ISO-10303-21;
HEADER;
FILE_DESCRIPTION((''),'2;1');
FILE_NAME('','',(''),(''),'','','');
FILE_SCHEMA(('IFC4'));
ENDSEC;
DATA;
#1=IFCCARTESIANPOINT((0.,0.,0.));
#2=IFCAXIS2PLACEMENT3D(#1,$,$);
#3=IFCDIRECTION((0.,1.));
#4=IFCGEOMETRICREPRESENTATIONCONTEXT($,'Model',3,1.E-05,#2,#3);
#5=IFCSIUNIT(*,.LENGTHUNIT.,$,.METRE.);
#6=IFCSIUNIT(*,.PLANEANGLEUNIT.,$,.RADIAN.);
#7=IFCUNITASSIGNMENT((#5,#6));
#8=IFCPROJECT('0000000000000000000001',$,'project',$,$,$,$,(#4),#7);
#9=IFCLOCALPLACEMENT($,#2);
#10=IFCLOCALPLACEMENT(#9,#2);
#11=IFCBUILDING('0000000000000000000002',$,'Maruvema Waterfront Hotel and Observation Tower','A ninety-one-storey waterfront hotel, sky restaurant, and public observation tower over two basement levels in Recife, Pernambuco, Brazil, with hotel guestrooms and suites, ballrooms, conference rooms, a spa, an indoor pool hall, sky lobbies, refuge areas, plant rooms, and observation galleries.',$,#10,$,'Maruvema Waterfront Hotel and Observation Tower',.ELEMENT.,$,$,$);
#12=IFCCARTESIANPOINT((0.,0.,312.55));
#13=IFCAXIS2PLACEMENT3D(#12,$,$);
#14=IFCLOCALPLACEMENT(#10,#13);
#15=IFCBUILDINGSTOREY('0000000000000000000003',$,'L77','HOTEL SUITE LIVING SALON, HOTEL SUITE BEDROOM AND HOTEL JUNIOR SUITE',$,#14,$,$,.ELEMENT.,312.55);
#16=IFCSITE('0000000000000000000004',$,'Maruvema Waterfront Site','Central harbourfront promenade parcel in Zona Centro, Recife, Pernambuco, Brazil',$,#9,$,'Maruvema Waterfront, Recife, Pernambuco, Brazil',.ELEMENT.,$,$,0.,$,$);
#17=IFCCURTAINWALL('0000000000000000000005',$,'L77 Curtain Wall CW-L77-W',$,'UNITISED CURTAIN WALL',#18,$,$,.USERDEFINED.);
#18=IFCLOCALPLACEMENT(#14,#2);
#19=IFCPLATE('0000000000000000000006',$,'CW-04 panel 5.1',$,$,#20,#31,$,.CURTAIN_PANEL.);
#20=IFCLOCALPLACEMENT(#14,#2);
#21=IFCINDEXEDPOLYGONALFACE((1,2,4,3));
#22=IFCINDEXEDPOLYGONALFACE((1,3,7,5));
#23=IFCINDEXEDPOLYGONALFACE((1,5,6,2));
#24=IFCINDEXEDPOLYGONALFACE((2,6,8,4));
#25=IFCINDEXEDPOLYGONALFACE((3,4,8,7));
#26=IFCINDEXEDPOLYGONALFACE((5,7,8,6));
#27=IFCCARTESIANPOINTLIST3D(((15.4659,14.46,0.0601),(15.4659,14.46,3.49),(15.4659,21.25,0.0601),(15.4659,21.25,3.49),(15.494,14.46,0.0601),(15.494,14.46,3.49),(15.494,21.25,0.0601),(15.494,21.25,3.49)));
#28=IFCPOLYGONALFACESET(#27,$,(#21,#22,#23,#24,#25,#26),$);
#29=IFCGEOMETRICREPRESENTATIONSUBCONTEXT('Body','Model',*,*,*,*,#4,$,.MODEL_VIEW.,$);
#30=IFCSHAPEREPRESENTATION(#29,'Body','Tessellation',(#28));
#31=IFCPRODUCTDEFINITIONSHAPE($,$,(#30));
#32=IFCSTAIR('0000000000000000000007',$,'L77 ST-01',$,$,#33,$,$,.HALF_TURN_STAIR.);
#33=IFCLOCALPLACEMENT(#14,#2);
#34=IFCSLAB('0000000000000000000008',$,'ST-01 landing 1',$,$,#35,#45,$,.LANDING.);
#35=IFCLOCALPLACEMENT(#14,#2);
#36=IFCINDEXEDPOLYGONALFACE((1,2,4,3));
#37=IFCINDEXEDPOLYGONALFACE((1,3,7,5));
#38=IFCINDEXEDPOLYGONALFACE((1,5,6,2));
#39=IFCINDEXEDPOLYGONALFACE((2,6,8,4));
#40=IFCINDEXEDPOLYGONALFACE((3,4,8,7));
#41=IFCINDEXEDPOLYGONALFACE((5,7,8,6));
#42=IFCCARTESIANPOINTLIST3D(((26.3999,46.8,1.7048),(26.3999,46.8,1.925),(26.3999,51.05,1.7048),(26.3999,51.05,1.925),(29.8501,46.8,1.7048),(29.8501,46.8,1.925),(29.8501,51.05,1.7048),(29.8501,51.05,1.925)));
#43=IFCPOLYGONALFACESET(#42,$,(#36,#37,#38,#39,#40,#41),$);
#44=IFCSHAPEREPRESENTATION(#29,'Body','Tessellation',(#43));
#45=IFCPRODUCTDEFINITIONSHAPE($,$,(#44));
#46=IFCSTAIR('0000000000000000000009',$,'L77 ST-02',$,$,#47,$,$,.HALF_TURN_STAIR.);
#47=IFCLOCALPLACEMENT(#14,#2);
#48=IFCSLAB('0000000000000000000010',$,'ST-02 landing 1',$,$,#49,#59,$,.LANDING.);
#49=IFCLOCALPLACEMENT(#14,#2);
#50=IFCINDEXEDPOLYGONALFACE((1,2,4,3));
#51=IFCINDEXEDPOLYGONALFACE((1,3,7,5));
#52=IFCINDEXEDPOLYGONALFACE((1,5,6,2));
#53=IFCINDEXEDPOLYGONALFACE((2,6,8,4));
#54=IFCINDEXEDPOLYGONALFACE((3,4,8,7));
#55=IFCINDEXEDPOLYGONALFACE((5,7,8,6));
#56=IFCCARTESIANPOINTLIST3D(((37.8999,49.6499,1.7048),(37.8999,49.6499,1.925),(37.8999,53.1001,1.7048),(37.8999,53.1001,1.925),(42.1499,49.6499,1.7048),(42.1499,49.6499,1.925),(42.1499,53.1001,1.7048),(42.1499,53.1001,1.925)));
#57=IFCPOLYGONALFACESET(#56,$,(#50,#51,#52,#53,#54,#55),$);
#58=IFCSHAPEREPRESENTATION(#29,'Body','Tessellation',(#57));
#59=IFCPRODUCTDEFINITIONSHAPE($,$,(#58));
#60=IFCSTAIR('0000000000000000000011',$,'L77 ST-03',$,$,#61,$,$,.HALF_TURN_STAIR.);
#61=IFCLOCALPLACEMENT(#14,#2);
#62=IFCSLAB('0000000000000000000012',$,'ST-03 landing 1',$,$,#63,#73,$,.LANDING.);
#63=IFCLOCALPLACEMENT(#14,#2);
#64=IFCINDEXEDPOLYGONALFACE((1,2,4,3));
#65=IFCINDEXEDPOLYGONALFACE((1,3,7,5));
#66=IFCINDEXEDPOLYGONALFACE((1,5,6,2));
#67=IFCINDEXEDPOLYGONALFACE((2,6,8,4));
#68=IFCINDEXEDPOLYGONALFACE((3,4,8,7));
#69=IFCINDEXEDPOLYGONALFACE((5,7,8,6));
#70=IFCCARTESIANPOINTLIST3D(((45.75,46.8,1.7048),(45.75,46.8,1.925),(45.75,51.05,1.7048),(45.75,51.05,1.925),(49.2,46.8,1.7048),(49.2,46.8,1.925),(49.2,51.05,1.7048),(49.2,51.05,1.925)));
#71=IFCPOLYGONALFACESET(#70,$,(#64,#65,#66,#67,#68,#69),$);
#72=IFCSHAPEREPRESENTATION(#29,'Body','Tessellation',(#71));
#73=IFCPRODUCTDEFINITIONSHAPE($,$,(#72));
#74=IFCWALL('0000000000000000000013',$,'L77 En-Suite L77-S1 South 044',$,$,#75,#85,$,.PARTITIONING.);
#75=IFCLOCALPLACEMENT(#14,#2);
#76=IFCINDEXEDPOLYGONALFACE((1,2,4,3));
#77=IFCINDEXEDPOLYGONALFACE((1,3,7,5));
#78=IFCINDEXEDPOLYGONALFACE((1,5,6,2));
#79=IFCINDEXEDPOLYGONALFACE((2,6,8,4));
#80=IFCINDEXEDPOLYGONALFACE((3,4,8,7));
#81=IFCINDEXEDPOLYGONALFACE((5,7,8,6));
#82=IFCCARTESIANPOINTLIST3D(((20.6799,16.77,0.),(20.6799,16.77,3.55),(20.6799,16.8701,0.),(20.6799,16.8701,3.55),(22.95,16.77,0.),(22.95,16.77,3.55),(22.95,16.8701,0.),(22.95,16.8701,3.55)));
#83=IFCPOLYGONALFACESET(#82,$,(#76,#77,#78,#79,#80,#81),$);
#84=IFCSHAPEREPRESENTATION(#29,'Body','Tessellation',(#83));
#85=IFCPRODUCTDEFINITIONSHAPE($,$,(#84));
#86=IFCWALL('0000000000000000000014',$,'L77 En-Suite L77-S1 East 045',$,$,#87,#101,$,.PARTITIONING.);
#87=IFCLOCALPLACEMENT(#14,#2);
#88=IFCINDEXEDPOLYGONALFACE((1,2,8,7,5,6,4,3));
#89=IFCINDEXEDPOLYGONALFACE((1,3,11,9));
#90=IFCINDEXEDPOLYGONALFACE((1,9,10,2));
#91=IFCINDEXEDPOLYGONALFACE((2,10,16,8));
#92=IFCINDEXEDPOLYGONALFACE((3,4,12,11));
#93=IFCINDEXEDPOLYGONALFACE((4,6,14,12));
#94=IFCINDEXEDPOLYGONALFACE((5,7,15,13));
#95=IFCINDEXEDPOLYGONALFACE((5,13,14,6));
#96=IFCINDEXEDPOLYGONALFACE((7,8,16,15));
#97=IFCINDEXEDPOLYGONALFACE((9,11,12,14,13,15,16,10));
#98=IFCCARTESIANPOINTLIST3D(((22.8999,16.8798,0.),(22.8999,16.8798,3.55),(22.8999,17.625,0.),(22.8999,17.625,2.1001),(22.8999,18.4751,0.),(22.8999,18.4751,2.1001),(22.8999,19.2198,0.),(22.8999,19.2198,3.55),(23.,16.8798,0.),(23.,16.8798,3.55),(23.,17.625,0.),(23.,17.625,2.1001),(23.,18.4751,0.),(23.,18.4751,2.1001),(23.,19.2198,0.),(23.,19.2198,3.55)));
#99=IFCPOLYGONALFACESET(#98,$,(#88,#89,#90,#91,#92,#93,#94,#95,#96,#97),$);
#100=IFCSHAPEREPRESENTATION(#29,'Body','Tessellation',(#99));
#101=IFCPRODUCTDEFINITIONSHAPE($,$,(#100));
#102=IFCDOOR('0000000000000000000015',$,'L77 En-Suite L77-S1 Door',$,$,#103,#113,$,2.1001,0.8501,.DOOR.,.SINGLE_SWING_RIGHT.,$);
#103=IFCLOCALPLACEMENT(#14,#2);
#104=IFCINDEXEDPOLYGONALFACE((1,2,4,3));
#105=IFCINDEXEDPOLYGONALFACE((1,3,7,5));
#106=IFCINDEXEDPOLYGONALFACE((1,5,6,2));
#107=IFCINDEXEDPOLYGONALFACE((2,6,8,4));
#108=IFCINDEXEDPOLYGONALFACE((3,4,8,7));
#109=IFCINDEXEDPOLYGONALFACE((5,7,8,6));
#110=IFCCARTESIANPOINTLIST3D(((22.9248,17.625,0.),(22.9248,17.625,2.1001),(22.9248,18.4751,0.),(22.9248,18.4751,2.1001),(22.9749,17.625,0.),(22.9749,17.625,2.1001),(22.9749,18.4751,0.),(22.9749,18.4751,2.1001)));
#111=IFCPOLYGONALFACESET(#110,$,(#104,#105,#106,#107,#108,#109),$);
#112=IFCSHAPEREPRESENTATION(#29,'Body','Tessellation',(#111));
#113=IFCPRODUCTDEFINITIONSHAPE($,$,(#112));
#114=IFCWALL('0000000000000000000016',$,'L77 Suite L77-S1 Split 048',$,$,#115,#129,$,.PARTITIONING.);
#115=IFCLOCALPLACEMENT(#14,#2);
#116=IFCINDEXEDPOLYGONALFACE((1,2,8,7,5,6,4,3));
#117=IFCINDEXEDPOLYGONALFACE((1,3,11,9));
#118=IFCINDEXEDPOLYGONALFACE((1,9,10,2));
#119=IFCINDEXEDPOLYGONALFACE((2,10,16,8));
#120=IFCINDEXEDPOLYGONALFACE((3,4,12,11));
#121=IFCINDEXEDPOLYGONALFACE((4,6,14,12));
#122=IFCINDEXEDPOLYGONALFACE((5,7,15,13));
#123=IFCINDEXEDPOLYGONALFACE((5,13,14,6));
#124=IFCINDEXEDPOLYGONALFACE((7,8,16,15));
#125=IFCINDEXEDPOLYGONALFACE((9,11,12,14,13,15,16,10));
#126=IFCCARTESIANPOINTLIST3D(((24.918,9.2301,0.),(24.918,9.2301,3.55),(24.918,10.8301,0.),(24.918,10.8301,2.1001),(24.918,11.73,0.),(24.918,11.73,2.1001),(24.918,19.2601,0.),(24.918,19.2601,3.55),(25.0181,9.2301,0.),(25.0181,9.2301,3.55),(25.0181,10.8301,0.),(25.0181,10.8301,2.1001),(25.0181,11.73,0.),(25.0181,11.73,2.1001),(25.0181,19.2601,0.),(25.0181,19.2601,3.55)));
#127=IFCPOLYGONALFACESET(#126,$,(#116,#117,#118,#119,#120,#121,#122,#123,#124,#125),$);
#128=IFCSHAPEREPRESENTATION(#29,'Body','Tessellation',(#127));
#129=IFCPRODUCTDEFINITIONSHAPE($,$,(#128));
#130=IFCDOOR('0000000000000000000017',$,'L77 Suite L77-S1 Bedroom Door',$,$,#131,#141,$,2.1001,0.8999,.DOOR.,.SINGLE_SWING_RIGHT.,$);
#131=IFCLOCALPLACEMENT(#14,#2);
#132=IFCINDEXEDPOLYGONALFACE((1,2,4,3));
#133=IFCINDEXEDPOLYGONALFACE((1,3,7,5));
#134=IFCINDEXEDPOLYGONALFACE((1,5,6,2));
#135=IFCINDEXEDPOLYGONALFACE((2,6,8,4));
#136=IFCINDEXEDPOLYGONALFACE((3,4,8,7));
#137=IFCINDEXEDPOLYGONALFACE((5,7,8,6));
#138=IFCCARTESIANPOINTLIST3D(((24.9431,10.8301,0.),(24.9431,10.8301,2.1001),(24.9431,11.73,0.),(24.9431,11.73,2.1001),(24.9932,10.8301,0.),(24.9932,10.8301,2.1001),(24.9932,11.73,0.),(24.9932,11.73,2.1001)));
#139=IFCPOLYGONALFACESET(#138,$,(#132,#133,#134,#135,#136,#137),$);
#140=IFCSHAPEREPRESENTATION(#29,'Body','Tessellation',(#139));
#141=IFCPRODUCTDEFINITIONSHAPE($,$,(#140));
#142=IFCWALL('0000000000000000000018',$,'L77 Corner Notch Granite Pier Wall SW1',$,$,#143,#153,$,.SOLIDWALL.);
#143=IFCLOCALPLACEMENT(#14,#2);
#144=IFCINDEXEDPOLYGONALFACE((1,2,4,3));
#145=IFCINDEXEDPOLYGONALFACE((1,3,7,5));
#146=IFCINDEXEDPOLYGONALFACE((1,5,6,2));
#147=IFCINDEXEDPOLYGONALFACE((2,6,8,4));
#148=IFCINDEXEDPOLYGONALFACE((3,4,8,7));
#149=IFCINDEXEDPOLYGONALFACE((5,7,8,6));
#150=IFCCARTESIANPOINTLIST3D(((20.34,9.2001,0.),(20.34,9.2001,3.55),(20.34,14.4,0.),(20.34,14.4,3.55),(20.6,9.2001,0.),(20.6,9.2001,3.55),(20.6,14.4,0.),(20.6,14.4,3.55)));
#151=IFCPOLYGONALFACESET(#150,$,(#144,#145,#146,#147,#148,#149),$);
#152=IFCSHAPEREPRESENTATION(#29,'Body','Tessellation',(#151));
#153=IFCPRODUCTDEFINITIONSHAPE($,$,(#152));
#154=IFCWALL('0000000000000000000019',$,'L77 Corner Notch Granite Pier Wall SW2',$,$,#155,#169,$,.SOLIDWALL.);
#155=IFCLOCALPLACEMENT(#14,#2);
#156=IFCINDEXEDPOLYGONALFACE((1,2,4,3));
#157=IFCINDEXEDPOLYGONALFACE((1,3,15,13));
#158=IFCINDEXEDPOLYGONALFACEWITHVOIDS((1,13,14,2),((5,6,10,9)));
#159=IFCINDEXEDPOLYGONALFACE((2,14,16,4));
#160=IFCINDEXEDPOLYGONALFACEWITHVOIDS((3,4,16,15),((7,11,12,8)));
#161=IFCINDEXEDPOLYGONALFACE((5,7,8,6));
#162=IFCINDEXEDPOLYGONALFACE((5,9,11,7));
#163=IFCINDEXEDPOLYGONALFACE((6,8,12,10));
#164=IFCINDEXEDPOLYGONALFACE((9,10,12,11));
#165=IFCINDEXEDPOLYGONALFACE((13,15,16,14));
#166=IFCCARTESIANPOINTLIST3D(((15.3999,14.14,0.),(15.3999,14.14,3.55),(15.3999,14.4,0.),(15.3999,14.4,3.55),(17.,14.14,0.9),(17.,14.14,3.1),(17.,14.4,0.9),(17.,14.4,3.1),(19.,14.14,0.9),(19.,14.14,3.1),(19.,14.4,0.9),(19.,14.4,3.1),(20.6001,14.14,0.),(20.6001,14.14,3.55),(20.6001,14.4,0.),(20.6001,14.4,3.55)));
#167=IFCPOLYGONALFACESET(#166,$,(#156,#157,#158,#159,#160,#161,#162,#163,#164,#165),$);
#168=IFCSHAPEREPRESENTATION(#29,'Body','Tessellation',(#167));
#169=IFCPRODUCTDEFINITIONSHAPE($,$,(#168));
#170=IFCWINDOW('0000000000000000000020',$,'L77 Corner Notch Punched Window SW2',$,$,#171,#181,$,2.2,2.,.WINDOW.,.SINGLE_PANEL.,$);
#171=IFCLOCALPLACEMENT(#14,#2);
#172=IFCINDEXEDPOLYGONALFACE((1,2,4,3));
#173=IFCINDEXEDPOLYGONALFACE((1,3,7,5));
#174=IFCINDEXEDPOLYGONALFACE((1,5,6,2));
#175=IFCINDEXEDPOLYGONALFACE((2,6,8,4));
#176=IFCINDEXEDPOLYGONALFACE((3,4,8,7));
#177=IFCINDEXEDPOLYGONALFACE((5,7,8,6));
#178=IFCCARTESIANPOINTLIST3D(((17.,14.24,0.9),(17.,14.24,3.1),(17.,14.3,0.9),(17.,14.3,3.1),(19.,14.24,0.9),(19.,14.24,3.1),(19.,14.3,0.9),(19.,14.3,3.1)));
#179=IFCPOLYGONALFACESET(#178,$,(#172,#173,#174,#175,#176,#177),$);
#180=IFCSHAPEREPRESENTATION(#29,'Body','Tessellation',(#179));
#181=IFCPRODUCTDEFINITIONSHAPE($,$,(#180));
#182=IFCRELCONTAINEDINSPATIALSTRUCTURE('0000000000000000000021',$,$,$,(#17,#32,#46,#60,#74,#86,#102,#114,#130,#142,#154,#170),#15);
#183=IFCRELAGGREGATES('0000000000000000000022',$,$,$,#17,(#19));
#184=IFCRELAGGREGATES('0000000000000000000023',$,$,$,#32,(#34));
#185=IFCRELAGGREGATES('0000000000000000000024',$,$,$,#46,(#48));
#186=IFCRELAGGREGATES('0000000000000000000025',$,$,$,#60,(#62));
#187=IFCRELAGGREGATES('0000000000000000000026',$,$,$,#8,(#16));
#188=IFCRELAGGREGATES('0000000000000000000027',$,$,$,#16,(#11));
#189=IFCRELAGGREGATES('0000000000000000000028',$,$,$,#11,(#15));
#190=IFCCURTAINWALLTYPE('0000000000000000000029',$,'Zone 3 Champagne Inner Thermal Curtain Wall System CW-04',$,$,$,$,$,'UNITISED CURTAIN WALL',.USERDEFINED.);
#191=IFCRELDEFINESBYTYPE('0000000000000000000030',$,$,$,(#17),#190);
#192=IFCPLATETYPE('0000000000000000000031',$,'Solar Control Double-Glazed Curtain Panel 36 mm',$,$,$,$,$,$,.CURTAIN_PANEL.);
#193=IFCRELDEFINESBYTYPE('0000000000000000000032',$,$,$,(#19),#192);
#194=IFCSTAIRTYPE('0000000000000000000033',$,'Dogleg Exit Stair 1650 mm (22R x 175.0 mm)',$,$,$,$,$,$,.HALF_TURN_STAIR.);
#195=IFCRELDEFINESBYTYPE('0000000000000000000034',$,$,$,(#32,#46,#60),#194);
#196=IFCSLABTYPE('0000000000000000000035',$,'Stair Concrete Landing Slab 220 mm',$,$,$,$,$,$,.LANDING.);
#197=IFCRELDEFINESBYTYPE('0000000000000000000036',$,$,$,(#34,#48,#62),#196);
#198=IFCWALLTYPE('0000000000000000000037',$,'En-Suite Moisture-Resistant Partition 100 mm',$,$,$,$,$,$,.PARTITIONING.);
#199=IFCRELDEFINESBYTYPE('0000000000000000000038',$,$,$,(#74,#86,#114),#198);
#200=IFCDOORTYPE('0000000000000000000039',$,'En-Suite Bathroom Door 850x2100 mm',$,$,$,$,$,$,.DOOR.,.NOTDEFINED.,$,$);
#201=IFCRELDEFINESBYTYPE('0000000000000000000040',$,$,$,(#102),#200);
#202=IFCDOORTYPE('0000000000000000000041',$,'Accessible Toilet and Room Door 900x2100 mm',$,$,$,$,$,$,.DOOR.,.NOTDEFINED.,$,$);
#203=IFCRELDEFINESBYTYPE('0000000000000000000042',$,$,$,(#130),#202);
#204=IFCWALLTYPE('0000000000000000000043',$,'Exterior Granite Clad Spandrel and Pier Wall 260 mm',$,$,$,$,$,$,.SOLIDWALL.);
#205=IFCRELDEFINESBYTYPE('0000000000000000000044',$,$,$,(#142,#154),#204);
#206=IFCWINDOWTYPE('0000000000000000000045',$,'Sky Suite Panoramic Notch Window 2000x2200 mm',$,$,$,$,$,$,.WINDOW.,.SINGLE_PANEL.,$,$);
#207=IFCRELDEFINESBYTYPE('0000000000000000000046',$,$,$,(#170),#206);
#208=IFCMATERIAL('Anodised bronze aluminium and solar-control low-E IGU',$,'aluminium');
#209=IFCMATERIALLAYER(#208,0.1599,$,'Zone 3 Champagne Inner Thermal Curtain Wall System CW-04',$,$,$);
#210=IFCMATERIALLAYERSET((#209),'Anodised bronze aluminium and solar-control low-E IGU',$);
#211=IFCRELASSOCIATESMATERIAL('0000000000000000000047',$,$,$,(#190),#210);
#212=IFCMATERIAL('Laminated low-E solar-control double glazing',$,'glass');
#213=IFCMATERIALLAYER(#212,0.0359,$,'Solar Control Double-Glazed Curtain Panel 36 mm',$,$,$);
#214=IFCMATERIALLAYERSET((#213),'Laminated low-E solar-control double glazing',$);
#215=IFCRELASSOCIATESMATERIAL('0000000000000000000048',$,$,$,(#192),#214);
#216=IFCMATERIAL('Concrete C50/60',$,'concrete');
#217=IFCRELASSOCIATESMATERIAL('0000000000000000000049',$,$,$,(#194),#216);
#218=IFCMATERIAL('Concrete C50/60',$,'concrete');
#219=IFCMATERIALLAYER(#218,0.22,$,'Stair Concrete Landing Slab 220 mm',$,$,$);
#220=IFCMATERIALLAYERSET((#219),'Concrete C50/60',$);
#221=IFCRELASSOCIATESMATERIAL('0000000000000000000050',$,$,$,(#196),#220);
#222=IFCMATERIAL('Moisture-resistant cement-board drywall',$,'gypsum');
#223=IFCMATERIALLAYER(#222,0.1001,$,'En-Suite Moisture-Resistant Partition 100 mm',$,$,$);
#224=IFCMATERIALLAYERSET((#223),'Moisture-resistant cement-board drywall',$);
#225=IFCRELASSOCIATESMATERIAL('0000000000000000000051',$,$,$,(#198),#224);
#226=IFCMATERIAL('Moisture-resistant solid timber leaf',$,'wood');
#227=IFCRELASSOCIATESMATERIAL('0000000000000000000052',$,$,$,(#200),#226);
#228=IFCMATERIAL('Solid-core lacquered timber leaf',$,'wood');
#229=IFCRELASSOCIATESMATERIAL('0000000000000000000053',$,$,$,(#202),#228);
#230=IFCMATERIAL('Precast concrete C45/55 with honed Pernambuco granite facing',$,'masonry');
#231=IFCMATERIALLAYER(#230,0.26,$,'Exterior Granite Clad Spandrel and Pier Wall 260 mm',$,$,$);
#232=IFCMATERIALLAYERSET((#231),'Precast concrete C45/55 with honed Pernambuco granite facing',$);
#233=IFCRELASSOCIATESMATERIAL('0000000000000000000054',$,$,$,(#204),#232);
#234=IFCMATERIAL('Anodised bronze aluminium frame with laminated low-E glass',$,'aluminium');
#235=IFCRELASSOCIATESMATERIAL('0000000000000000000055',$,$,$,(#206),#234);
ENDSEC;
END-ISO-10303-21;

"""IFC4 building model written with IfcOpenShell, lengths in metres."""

from ifc_helpers import new_model, si_unit, direction, frame, frame_2d, origin, origin_2d, place, context, subcontext, project, spatial, polyline, rectangle, outline, extrude, material, layer, layer_set, type_object, element, fill, aggregate, save


model = new_model("IFC4")

# Units and contexts
model_context = context("Model", 3, precision=1e-05, world=origin(), true_north=direction((0.0, 1.0)))
body_context = subcontext(model_context, "Body", "Model", "MODEL_VIEW")
ifc_project = project(units=[si_unit("LENGTHUNIT", "METRE"), si_unit("PLANEANGLEUNIT", "RADIAN")], contexts=[model_context])

# Site, building, storey
site_placement = place(None, origin())
site = spatial("IfcSite", under=ifc_project, at=site_placement, Name="Maruvema Waterfront Site", Description="Central harbourfront promenade parcel in Zona Centro, Recife, Pernambuco, Brazil", LongName="Maruvema Waterfront, Recife, Pernambuco, Brazil", CompositionType="ELEMENT", RefElevation=0.0)
building_placement = place(site_placement, origin())
building = spatial("IfcBuilding", under=site, at=building_placement, Name="Maruvema Waterfront Hotel and Observation Tower", Description="A ninety-one-storey waterfront hotel, sky restaurant, and public observation tower over two basement levels in Recife, Pernambuco, Brazil, with hotel guestrooms and suites, ballrooms, conference rooms, a spa, an indoor pool hall, sky lobbies, refuge areas, plant rooms, and observation galleries.", LongName="Maruvema Waterfront Hotel and Observation Tower", CompositionType="ELEMENT")
storey_placement = place(building_placement, frame((0.0, 0.0, 312.55)))
storey = spatial("IfcBuildingStorey", under=building, at=storey_placement, Name="L77", Description="HOTEL SUITE LIVING SALON, HOTEL SUITE BEDROOM AND HOTEL JUNIOR SUITE", CompositionType="ELEMENT", Elevation=312.55)

# Shared definitions
ifc_material_1 = material(Name="Anodised bronze aluminium and solar-control low-E IGU", Category="aluminium")
ifc_layer_1 = layer(ifc_material_1, 0.1599, Name="Zone 3 Champagne Inner Thermal Curtain Wall System CW-04")
ifc_layer_set_1 = layer_set([ifc_layer_1], Name="Anodised bronze aluminium and solar-control low-E IGU")
curtain_wall_type = type_object("IfcCurtainWallType", Name="Zone 3 Champagne Inner Thermal Curtain Wall System CW-04", ElementType="UNITISED CURTAIN WALL", PredefinedType="USERDEFINED", material=ifc_layer_set_1)

# Curtain wall
curtain_wall_1_placement = place(storey_placement, origin())
curtain_wall_1 = element("IfcCurtainWall", 1, at=curtain_wall_1_placement, inside=storey, type_object=curtain_wall_type, Name="L77 Curtain Wall CW-L77-W", ObjectType="UNITISED CURTAIN WALL", PredefinedType="USERDEFINED")

# Plate
ifc_material_2 = material(Name="Laminated low-E solar-control double glazing", Category="glass")
ifc_layer_2 = layer(ifc_material_2, 0.0359, Name="Solar Control Double-Glazed Curtain Panel 36 mm")
ifc_layer_set_2 = layer_set([ifc_layer_2], Name="Laminated low-E solar-control double glazing")
plate_type = type_object("IfcPlateType", Name="Solar Control Double-Glazed Curtain Panel 36 mm", PredefinedType="CURTAIN_PANEL", material=ifc_layer_set_2)
plate_1_placement = place(storey_placement, frame((15.48, 17.855, 0.0601), z_axis=(0.0, 0.0, 1.0), x_axis=(0.0, -1.0, 0.0)))
plate_1 = element("IfcPlate", 2, at=plate_1_placement, type_object=plate_type, Name="CW-04 panel 5.1", PredefinedType="CURTAIN_PANEL", context=body_context, shape_type="SweptSolid", body=[
    extrude(rectangle(XDim=6.79, YDim=0.0281, at=origin_2d()), origin(), (0.0, 0.0, 1.0), 3.4299),
])
aggregate(curtain_wall_1, [plate_1])

# Stairs, slabs
ifc_material_3 = material(Name="Concrete C50/60", Category="concrete")
stair_type = type_object("IfcStairType", Name="Dogleg Exit Stair 1650 mm (22R x 175.0 mm)", PredefinedType="HALF_TURN_STAIR", material=ifc_material_3)
stair_1_placement = place(storey_placement, origin())
stair_1 = element("IfcStair", 3, at=stair_1_placement, inside=storey, type_object=stair_type, Name="L77 ST-01", PredefinedType="HALF_TURN_STAIR")
ifc_material_4 = material(Name="Concrete C50/60", Category="concrete")
ifc_layer_3 = layer(ifc_material_4, 0.22, Name="Stair Concrete Landing Slab 220 mm")
ifc_layer_set_3 = layer_set([ifc_layer_3], Name="Concrete C50/60")
slab_type_1 = type_object("IfcSlabType", Name="Stair Concrete Landing Slab 220 mm", PredefinedType="LANDING", material=ifc_layer_set_3)
slab_1_placement = place(storey_placement, frame((0.0, 0.0, 1.7048)))
slab_1 = element("IfcSlab", 4, at=slab_1_placement, type_object=slab_type_1, Name="ST-01 landing 1", PredefinedType="LANDING", context=body_context, shape_type="SweptSolid", body=[
    extrude(outline(polyline([(29.8501, 46.8), (29.8501, 51.05), (26.3999, 51.05), (26.3999, 46.8), (29.8501, 46.8)])), origin(), (0.0, 0.0, 1.0), 0.2202),
])
aggregate(stair_1, [slab_1])
stair_2_placement = place(storey_placement, origin())
stair_2 = element("IfcStair", 5, at=stair_2_placement, inside=storey, type_object=stair_type, Name="L77 ST-02", PredefinedType="HALF_TURN_STAIR")
slab_2_placement = place(storey_placement, frame((0.0, 0.0, 1.7048)))
slab_2 = element("IfcSlab", 6, at=slab_2_placement, type_object=slab_type_1, Name="ST-02 landing 1", PredefinedType="LANDING", context=body_context, shape_type="SweptSolid", body=[
    extrude(outline(polyline([(37.8999, 49.6499), (42.1499, 49.6499), (42.1499, 53.1001), (37.8999, 53.1001), (37.8999, 49.6499)])), origin(), (0.0, 0.0, 1.0), 0.2202),
])
aggregate(stair_2, [slab_2])
stair_3_placement = place(storey_placement, origin())
stair_3 = element("IfcStair", 7, at=stair_3_placement, inside=storey, type_object=stair_type, Name="L77 ST-03", PredefinedType="HALF_TURN_STAIR")
slab_3_placement = place(storey_placement, frame((0.0, 0.0, 1.7048)))
slab_3 = element("IfcSlab", 8, at=slab_3_placement, type_object=slab_type_1, Name="ST-03 landing 1", PredefinedType="LANDING", context=body_context, shape_type="SweptSolid", body=[
    extrude(outline(polyline([(49.2, 46.8), (49.2, 51.05), (45.75, 51.05), (45.75, 46.8), (49.2, 46.8)])), origin(), (0.0, 0.0, 1.0), 0.2202),
])
aggregate(stair_3, [slab_3])

# Wall
ifc_material_5 = material(Name="Moisture-resistant cement-board drywall", Category="gypsum")
ifc_layer_4 = layer(ifc_material_5, 0.1001, Name="En-Suite Moisture-Resistant Partition 100 mm")
ifc_layer_set_4 = layer_set([ifc_layer_4], Name="Moisture-resistant cement-board drywall")
wall_type_1 = type_object("IfcWallType", Name="En-Suite Moisture-Resistant Partition 100 mm", PredefinedType="PARTITIONING", material=ifc_layer_set_4)
wall_1_placement = place(storey_placement, frame((20.6799, 16.8201, 0.0), z_axis=(0.0, 0.0, 1.0), x_axis=(1.0, 0.0, 0.0)))
element("IfcWall", 9, at=wall_1_placement, inside=storey, type_object=wall_type_1, Name="L77 En-Suite L77-S1 South 044", PredefinedType="PARTITIONING", context=body_context, shape_type="SweptSolid", body=[
    extrude(rectangle(XDim=2.27, YDim=0.1001, at=frame_2d((1.135, 0.0))), origin(), (0.0, 0.0, 1.0), 3.55),
])

# Walls, openings, doors
wall_2_placement = place(storey_placement, frame((22.95, 16.8799, 0.0), z_axis=(0.0, 0.0, 1.0), x_axis=(0.0, 1.0, 0.0)))
wall_2 = element("IfcWall", 10, at=wall_2_placement, inside=storey, type_object=wall_type_1, Name="L77 En-Suite L77-S1 East 045", PredefinedType="PARTITIONING", context=body_context, shape_type="SweptSolid", body=[
    extrude(rectangle(XDim=2.3401, YDim=0.1001, at=frame_2d((1.1699, 0.0))), origin(), (0.0, 0.0, 1.0), 3.55),
])
opening_1_placement = place(wall_2_placement, frame((0.7451, 0.0, 0.0)))
opening_1 = element("IfcOpeningElement", 11, at=opening_1_placement, cuts=wall_2, PredefinedType="OPENING", context=body_context, shape_type="SweptSolid", body=[
    extrude(rectangle(XDim=0.8501, YDim=2.1001, at=frame_2d((0.425, 1.05))), frame((0.0, 0.0601, 0.0), z_axis=(0.0, -1.0, 0.0), x_axis=(1.0, 0.0, 0.0)), (0.0, 0.0, 1.0), 0.1201),
])
ifc_material_6 = material(Name="Moisture-resistant solid timber leaf", Category="wood")
door_type_1 = type_object("IfcDoorType", Name="En-Suite Bathroom Door 850x2100 mm", OperationType="NOTDEFINED", PredefinedType="DOOR", material=ifc_material_6)
door_1_placement = place(opening_1_placement, frame((0.8501, 0.0, 0.0), z_axis=(0.0, 0.0, 1.0), x_axis=(-1.0, 0.0, 0.0)))
door_1 = element("IfcDoor", 12, at=door_1_placement, inside=storey, type_object=door_type_1, Name="L77 En-Suite L77-S1 Door", OperationType="SINGLE_SWING_RIGHT", OverallHeight=2.1001, OverallWidth=0.8501, PredefinedType="DOOR", context=body_context, shape_type="SweptSolid", body=[
    extrude(rectangle(XDim=0.8501, YDim=2.1001, at=frame_2d((0.425, 1.05))), frame((0.0, 0.0249, 0.0), z_axis=(0.0, -1.0, 0.0), x_axis=(1.0, 0.0, 0.0)), (0.0, 0.0, 1.0), 0.05),
])
fill(opening_1, door_1)
wall_3_placement = place(storey_placement, frame((24.968, 9.23, 0.0), z_axis=(0.0, 0.0, 1.0), x_axis=(0.0, 1.0, 0.0)))
wall_3 = element("IfcWall", 13, at=wall_3_placement, inside=storey, type_object=wall_type_1, Name="L77 Suite L77-S1 Split 048", PredefinedType="PARTITIONING", context=body_context, shape_type="SweptSolid", body=[
    extrude(rectangle(XDim=10.03, YDim=0.1001, at=frame_2d((5.0151, 0.0))), origin(), (0.0, 0.0, 1.0), 3.55),
])
opening_2_placement = place(wall_3_placement, frame((1.6001, 0.0, 0.0)))
opening_2 = element("IfcOpeningElement", 14, at=opening_2_placement, cuts=wall_3, PredefinedType="OPENING", context=body_context, shape_type="SweptSolid", body=[
    extrude(rectangle(XDim=0.8999, YDim=2.1001, at=frame_2d((0.45, 1.05))), frame((0.0, 0.0601, 0.0), z_axis=(0.0, -1.0, 0.0), x_axis=(1.0, 0.0, 0.0)), (0.0, 0.0, 1.0), 0.1201),
])
ifc_material_7 = material(Name="Solid-core lacquered timber leaf", Category="wood")
door_type_2 = type_object("IfcDoorType", Name="Accessible Toilet and Room Door 900x2100 mm", OperationType="NOTDEFINED", PredefinedType="DOOR", material=ifc_material_7)
door_2_placement = place(opening_2_placement, origin())
door_2 = element("IfcDoor", 15, at=door_2_placement, inside=storey, type_object=door_type_2, Name="L77 Suite L77-S1 Bedroom Door", OperationType="SINGLE_SWING_RIGHT", OverallHeight=2.1001, OverallWidth=0.8999, PredefinedType="DOOR", context=body_context, shape_type="SweptSolid", body=[
    extrude(rectangle(XDim=0.8999, YDim=2.1001, at=frame_2d((0.45, 1.05))), frame((0.0, 0.0249, 0.0), z_axis=(0.0, -1.0, 0.0), x_axis=(1.0, 0.0, 0.0)), (0.0, 0.0, 1.0), 0.05),
])
fill(opening_2, door_2)

# Wall
ifc_material_8 = material(Name="Precast concrete C45/55 with honed Pernambuco granite facing", Category="masonry")
ifc_layer_5 = layer(ifc_material_8, 0.26, Name="Exterior Granite Clad Spandrel and Pier Wall 260 mm")
ifc_layer_set_5 = layer_set([ifc_layer_5], Name="Precast concrete C45/55 with honed Pernambuco granite facing")
wall_type_2 = type_object("IfcWallType", Name="Exterior Granite Clad Spandrel and Pier Wall 260 mm", PredefinedType="SOLIDWALL", material=ifc_layer_set_5)
wall_4_placement = place(storey_placement, frame((20.47, 9.2, 0.0), z_axis=(0.0, 0.0, 1.0), x_axis=(0.0, 1.0, 0.0)))
element("IfcWall", 16, at=wall_4_placement, inside=storey, type_object=wall_type_2, Name="L77 Corner Notch Granite Pier Wall SW1", PredefinedType="SOLIDWALL", context=body_context, shape_type="SweptSolid", body=[
    extrude(rectangle(XDim=5.2, YDim=0.26, at=frame_2d((2.6001, 0.0))), origin(), (0.0, 0.0, 1.0), 3.55),
])

# Wall, opening, window
wall_5_placement = place(storey_placement, frame((20.6001, 14.27, 0.0), z_axis=(0.0, 0.0, 1.0), x_axis=(-1.0, 0.0, 0.0)))
wall_5 = element("IfcWall", 17, at=wall_5_placement, inside=storey, type_object=wall_type_2, Name="L77 Corner Notch Granite Pier Wall SW2", PredefinedType="SOLIDWALL", context=body_context, shape_type="SweptSolid", body=[
    extrude(rectangle(XDim=5.2002, YDim=0.26, at=frame_2d((2.6001, 0.0))), origin(), (0.0, 0.0, 1.0), 3.55),
])
opening_3_placement = place(wall_5_placement, frame((1.6001, 0.0, 0.8999)))
opening_3 = element("IfcOpeningElement", 18, at=opening_3_placement, cuts=wall_5, PredefinedType="OPENING", context=body_context, shape_type="SweptSolid", body=[
    extrude(rectangle(XDim=2.0, YDim=2.2, at=frame_2d((1.0, 1.1001))), frame((0.0, 0.1401, 0.0), z_axis=(0.0, -1.0, 0.0), x_axis=(1.0, 0.0, 0.0)), (0.0, 0.0, 1.0), 0.28),
])
ifc_material_9 = material(Name="Anodised bronze aluminium frame with laminated low-E glass", Category="aluminium")
window_type = type_object("IfcWindowType", Name="Sky Suite Panoramic Notch Window 2000x2200 mm", PartitioningType="SINGLE_PANEL", PredefinedType="WINDOW", material=ifc_material_9)
window_placement = place(opening_3_placement, origin())
window = element("IfcWindow", 19, at=window_placement, inside=storey, type_object=window_type, Name="L77 Corner Notch Punched Window SW2", OverallHeight=2.2, OverallWidth=2.0, PartitioningType="SINGLE_PANEL", PredefinedType="WINDOW", context=body_context, shape_type="SweptSolid", body=[
    extrude(rectangle(XDim=2.0, YDim=2.2, at=frame_2d((1.0, 1.1001))), frame((0.0, 0.03, 0.0), z_axis=(0.0, -1.0, 0.0), x_axis=(1.0, 0.0, 0.0)), (0.0, 0.0, 1.0), 0.0601),
])
fill(opening_3, window)

save(model, "model.ifc")
